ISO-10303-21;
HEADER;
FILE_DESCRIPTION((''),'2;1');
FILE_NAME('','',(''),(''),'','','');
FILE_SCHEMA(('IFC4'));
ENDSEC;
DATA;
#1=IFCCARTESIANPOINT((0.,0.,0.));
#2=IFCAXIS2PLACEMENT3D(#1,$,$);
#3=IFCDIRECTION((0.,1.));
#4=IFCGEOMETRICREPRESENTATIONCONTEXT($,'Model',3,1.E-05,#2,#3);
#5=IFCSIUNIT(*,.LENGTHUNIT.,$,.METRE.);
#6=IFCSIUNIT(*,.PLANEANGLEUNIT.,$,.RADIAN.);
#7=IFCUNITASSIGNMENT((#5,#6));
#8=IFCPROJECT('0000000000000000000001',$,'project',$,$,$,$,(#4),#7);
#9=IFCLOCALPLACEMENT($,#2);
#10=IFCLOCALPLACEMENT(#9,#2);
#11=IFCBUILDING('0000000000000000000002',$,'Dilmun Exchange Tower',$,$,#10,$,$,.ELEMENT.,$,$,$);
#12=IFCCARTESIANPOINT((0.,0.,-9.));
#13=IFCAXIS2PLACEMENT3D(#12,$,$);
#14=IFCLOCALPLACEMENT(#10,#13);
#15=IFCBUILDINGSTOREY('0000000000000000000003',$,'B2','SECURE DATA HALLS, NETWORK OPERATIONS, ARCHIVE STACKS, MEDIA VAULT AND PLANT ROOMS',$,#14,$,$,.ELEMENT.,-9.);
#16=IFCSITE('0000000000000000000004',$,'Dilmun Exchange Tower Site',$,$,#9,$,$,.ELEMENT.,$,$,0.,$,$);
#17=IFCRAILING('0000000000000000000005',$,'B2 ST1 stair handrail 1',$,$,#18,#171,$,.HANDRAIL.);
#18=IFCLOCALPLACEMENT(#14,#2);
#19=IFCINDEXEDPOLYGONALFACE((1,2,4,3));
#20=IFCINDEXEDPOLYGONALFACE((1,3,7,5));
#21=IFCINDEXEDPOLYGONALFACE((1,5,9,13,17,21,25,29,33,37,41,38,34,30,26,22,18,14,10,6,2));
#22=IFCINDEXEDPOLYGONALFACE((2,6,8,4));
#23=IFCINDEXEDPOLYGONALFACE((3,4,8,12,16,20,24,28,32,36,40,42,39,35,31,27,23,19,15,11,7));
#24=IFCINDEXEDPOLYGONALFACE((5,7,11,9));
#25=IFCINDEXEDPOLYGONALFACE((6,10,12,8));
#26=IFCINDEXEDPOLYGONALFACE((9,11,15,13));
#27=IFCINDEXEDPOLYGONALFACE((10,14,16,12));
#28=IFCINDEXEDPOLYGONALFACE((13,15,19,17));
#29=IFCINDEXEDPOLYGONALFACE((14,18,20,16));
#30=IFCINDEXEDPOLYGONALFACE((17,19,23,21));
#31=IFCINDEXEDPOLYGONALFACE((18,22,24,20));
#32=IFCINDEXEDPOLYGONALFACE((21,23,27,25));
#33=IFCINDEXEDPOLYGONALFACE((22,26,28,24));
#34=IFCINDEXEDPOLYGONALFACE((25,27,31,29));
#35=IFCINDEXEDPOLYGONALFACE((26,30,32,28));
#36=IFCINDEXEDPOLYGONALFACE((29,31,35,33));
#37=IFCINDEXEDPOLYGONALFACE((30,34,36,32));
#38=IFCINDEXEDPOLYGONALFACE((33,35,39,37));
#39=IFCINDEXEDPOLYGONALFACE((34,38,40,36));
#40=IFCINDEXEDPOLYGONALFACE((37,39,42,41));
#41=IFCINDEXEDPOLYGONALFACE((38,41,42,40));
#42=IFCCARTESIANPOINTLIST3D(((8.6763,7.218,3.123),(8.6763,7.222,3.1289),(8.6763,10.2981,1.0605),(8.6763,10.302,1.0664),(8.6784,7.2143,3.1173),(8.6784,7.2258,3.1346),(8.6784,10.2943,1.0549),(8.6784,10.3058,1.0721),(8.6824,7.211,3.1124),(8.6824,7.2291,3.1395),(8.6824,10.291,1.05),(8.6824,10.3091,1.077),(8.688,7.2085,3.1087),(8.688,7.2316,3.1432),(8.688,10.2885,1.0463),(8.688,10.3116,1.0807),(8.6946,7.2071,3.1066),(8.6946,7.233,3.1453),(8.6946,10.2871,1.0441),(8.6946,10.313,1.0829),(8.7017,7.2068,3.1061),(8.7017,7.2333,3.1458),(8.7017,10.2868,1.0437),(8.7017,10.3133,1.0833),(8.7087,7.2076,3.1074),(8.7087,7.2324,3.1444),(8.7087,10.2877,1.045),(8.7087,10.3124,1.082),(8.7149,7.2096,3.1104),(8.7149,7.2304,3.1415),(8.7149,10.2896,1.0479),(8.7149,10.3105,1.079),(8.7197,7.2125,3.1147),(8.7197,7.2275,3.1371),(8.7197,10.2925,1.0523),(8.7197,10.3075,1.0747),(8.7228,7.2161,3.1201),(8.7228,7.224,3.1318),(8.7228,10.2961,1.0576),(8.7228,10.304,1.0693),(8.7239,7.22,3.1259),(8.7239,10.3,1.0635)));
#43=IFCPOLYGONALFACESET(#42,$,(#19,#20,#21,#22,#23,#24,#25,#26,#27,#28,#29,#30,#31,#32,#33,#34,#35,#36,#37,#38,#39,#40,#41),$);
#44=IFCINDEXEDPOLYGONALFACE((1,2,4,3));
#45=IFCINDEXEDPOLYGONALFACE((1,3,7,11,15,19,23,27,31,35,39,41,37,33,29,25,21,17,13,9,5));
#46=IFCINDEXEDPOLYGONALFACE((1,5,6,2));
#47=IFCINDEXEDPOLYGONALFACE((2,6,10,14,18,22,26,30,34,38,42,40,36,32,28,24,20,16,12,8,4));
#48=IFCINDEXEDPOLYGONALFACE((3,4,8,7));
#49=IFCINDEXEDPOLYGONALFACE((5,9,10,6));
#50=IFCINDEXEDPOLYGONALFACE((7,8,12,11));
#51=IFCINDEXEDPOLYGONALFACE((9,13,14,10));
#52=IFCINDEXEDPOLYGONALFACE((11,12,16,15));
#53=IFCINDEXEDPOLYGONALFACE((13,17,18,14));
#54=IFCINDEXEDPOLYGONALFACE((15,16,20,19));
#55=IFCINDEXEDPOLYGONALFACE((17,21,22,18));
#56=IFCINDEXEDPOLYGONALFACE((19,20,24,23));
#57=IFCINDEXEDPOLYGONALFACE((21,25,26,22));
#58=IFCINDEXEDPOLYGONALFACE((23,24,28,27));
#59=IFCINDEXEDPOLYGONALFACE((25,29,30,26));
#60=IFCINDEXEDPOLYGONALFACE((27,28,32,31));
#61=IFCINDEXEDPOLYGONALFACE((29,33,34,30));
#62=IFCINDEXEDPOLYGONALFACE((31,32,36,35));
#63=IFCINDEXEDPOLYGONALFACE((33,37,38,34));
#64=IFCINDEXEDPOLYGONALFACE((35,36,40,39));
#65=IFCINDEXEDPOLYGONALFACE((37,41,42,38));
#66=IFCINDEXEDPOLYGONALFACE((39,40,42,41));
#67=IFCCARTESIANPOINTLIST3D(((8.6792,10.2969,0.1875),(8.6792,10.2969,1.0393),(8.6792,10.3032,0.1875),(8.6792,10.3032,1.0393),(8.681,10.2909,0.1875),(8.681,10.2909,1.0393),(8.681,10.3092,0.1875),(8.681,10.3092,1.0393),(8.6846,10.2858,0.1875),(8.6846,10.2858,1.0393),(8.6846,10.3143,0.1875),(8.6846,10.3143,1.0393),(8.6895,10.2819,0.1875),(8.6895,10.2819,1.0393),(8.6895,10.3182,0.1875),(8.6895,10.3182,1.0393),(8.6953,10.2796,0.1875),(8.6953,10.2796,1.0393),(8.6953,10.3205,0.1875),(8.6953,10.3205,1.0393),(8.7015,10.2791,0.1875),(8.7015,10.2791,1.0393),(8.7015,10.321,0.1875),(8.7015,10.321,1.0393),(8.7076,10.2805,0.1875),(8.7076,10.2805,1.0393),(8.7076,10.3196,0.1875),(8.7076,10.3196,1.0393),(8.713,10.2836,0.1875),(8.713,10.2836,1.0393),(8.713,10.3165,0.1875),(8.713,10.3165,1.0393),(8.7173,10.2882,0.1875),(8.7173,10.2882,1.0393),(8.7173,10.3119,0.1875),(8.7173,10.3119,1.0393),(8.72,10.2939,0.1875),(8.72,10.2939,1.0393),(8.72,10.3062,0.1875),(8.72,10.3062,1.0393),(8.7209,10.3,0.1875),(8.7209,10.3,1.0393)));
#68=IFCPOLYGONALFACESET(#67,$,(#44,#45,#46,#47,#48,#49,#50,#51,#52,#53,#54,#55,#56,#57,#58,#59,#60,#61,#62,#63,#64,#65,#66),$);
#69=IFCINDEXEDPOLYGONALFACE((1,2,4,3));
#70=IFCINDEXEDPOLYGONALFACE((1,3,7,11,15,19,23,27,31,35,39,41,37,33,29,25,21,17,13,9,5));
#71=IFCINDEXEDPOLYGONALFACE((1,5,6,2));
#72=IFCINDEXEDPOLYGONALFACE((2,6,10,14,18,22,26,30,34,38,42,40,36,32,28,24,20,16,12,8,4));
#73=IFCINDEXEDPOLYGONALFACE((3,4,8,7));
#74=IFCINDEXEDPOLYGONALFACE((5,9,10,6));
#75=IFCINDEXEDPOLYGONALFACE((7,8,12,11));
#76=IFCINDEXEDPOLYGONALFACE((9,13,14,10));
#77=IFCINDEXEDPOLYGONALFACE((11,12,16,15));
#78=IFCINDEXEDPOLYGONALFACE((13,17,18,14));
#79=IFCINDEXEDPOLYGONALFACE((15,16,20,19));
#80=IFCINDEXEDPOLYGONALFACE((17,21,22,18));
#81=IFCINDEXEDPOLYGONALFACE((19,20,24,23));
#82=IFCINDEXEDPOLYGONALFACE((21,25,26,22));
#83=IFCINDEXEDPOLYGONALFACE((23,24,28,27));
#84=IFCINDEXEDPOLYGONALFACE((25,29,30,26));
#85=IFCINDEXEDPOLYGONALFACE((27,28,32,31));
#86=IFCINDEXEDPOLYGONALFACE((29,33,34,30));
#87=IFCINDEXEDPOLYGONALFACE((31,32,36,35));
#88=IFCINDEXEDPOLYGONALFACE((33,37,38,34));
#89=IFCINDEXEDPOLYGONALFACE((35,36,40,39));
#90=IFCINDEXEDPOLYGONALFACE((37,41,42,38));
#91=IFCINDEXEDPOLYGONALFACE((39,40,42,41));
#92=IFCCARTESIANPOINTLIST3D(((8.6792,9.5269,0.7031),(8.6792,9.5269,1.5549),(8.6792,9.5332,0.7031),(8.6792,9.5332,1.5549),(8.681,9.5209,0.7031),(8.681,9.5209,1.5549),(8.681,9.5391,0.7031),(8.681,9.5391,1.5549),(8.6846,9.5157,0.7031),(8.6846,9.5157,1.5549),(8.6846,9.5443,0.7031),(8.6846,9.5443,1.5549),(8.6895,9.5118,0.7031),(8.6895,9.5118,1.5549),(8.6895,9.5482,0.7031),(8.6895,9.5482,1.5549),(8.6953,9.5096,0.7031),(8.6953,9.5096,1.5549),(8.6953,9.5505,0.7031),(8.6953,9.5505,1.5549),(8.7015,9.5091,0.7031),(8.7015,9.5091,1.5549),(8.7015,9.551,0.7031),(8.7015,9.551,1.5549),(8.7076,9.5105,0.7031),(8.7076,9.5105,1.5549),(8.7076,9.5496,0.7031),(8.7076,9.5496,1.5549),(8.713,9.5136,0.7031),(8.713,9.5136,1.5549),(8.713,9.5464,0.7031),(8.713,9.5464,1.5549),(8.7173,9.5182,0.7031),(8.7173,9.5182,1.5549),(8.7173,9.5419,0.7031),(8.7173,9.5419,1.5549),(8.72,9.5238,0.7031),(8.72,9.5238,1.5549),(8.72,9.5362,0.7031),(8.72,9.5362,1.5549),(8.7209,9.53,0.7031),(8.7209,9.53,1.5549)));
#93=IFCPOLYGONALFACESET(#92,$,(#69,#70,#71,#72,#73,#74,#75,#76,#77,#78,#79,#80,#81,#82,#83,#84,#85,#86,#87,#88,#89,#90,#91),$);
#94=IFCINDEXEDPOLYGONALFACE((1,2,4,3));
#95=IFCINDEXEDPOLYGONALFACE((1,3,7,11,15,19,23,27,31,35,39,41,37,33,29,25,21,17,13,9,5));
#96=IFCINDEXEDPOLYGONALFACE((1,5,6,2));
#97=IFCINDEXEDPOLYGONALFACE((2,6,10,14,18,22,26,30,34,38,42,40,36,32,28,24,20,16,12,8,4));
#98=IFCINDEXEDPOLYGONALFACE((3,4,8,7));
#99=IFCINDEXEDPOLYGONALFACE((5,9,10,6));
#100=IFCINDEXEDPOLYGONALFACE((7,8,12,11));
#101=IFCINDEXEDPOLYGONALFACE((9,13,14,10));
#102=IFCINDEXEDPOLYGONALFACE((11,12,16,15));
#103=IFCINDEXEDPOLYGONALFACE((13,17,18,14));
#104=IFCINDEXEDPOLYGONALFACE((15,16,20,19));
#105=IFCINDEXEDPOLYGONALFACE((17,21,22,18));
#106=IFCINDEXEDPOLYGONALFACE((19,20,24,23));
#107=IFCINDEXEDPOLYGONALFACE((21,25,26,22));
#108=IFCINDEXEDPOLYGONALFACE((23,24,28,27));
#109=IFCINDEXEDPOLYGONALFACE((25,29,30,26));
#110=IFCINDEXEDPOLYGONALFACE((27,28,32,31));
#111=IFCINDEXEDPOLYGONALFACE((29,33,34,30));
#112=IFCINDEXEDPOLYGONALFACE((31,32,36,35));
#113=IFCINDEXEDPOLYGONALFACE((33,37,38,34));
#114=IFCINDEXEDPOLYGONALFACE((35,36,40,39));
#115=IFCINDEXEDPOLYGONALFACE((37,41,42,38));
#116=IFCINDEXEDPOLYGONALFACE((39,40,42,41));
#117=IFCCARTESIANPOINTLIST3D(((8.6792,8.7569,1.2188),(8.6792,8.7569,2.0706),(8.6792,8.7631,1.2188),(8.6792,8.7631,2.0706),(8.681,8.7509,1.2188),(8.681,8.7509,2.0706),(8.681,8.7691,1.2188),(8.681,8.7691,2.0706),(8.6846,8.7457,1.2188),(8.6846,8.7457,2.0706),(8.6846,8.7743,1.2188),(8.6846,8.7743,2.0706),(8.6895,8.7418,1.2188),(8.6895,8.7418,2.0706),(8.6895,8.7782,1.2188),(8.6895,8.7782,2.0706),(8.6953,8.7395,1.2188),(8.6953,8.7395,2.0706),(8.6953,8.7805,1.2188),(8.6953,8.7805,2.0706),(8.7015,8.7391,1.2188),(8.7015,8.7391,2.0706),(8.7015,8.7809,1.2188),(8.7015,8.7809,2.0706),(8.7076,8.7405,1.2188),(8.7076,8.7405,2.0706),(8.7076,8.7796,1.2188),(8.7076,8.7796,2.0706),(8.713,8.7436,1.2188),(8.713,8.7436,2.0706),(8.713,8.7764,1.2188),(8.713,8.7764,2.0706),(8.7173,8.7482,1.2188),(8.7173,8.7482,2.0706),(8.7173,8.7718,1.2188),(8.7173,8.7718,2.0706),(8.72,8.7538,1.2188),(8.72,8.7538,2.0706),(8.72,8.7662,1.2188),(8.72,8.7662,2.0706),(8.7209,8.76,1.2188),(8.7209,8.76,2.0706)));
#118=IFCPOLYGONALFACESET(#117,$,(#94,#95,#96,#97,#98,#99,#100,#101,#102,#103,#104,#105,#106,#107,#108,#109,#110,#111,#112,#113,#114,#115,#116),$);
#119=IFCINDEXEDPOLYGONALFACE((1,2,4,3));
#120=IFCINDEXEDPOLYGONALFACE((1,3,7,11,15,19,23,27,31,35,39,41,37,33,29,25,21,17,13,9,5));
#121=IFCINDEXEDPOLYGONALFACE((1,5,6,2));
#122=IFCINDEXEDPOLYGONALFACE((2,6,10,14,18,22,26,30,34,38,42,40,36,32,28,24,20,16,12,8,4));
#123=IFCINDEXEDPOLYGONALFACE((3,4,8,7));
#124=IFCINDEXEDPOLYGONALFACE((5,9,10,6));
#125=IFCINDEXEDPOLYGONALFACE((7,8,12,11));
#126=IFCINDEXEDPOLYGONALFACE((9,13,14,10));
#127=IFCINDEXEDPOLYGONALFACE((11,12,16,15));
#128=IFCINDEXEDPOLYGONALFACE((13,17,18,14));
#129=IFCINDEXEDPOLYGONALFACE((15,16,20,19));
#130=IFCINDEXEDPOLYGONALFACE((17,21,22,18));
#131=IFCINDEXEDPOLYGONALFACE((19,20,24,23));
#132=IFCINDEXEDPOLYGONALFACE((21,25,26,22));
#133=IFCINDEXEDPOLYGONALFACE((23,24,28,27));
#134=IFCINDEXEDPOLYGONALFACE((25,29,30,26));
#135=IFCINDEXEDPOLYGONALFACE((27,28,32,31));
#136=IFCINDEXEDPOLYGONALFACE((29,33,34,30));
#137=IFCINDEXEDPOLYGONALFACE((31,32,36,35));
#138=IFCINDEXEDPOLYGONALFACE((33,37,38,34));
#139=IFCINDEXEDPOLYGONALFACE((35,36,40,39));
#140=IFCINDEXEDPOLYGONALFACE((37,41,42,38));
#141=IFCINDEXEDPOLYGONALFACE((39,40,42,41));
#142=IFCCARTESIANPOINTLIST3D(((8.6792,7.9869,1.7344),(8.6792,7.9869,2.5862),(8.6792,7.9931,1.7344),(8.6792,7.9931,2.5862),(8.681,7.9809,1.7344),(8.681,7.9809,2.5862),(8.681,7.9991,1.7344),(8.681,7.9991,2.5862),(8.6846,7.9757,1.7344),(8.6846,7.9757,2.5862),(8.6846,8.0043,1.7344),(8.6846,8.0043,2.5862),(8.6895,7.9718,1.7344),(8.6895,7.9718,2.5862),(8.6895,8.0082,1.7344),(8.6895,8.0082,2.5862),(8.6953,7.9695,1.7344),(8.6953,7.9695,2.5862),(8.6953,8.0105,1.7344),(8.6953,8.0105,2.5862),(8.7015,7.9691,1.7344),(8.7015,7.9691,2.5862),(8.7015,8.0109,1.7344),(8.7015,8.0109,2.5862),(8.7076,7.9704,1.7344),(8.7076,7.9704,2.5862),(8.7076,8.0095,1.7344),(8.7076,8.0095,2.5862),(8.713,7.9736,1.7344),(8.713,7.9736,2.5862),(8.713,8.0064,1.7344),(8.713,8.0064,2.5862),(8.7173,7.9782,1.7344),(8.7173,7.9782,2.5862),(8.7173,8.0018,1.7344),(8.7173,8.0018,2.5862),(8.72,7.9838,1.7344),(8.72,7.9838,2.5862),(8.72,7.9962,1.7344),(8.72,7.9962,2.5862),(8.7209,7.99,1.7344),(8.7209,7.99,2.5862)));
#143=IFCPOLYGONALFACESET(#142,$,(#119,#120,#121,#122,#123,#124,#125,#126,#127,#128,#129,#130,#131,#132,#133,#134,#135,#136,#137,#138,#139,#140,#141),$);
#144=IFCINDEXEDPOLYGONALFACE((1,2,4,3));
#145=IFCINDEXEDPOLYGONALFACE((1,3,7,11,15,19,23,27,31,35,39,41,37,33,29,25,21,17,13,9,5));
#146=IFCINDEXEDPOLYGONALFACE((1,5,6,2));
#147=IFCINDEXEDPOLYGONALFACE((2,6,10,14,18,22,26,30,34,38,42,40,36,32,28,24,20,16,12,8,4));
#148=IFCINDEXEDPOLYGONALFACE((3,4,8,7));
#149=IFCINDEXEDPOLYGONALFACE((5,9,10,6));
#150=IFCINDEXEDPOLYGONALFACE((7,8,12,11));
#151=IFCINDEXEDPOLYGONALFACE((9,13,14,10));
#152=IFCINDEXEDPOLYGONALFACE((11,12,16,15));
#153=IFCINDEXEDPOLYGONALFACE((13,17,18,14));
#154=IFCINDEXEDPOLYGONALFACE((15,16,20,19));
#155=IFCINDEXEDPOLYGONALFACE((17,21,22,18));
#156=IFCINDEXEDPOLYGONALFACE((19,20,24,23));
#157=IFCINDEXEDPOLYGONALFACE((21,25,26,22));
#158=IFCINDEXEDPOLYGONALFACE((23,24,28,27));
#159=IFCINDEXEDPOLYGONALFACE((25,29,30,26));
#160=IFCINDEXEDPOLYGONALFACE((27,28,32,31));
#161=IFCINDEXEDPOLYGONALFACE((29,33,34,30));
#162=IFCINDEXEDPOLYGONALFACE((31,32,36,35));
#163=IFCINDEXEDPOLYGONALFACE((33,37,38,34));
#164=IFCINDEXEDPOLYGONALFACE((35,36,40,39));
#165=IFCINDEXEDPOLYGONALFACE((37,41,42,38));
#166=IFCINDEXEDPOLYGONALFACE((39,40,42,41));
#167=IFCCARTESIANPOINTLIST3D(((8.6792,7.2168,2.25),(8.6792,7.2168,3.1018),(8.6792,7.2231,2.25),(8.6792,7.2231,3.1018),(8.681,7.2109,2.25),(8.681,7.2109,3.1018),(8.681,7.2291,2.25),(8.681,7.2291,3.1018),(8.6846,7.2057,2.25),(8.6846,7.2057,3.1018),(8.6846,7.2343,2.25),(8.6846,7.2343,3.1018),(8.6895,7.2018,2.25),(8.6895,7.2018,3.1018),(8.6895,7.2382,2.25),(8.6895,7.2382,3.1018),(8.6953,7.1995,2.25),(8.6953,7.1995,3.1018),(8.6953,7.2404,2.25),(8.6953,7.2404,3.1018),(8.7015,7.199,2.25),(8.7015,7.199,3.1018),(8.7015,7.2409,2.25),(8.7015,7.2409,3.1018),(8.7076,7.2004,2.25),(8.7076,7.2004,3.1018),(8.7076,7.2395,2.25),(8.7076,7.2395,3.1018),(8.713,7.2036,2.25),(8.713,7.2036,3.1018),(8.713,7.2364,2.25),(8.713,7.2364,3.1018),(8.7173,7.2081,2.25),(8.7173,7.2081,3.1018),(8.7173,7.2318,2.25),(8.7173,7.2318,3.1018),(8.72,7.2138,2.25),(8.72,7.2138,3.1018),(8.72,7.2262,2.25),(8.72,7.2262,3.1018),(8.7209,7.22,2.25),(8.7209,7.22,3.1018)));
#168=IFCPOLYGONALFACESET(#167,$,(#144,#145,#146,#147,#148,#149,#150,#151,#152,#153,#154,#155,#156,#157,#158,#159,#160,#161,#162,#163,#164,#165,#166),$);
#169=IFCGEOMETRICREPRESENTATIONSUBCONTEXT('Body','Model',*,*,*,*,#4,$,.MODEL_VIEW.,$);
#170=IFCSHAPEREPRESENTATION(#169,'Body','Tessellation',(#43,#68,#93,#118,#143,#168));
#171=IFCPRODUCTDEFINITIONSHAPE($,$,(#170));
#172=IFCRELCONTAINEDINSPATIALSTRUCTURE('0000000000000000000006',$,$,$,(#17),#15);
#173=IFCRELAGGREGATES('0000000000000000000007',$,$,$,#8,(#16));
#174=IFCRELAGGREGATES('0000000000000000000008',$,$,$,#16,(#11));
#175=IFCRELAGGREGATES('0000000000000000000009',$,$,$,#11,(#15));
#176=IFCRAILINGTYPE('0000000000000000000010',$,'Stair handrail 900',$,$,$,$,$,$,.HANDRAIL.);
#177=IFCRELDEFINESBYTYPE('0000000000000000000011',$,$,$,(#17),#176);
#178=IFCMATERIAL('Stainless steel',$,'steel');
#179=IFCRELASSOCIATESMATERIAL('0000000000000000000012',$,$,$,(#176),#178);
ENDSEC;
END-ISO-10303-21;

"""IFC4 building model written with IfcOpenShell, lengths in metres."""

from ifc_helpers import new_model, si_unit, direction, frame, origin, origin_2d, place, context, subcontext, project, spatial, circle, extrude, material, type_object, element, save


model = new_model("IFC4")

# Units and contexts
model_context = context("Model", 3, precision=1e-05, world=origin(), true_north=direction((0.0, 1.0)))
body_context = subcontext(model_context, "Body", "Model", "MODEL_VIEW")
ifc_project = project(units=[si_unit("LENGTHUNIT", "METRE"), si_unit("PLANEANGLEUNIT", "RADIAN")], contexts=[model_context])

# Site, building, storey
site_placement = place(None, origin())
site = spatial("IfcSite", under=ifc_project, at=site_placement, Name="Dilmun Exchange Tower Site", CompositionType="ELEMENT", RefElevation=0.0)
building_placement = place(site_placement, origin())
building = spatial("IfcBuilding", under=site, at=building_placement, Name="Dilmun Exchange Tower", CompositionType="ELEMENT")
storey_placement = place(building_placement, frame((0.0, 0.0, -9.0)))
storey = spatial("IfcBuildingStorey", under=building, at=storey_placement, Name="B2", Description="SECURE DATA HALLS, NETWORK OPERATIONS, ARCHIVE STACKS, MEDIA VAULT AND PLANT ROOMS", CompositionType="ELEMENT", Elevation=-9.0)

# Railing
ifc_material_1 = material(Name="Stainless steel", Category="steel")
railing_type = type_object("IfcRailingType", Name="Stair handrail 900", PredefinedType="HANDRAIL", material=ifc_material_1)
railing_1_placement = place(storey_placement, frame((8.7, 10.3, 0.1875)))
element("IfcRailing", 1, at=railing_1_placement, inside=storey, type_object=railing_type, Name="B2 ST1 stair handrail 1", PredefinedType="HANDRAIL", context=body_context, shape_type="SweptSolid", body=[
    extrude(circle(Radius=0.0239, at=origin_2d()), frame((0.0, 0.0, 0.876), z_axis=(0.0, -0.830914, 0.556401), x_axis=(1.0, 0.0, 0.0)), (0.0, 0.0, 1.0), 3.7068),
    extrude(circle(Radius=0.021, at=origin_2d()), origin(), (0.0, 0.0, 1.0), 0.8518),
    extrude(circle(Radius=0.021, at=origin_2d()), frame((0.0, -0.77, 0.5156)), (0.0, 0.0, 1.0), 0.8518),
    extrude(circle(Radius=0.021, at=origin_2d()), frame((0.0, -1.54, 1.0312)), (0.0, 0.0, 1.0), 0.8518),
    extrude(circle(Radius=0.021, at=origin_2d()), frame((0.0, -2.3101, 1.5469)), (0.0, 0.0, 1.0), 0.8518),
    extrude(circle(Radius=0.021, at=origin_2d()), frame((0.0, -3.0801, 2.0625)), (0.0, 0.0, 1.0), 0.8518),
])

save(model, "model.ifc")
